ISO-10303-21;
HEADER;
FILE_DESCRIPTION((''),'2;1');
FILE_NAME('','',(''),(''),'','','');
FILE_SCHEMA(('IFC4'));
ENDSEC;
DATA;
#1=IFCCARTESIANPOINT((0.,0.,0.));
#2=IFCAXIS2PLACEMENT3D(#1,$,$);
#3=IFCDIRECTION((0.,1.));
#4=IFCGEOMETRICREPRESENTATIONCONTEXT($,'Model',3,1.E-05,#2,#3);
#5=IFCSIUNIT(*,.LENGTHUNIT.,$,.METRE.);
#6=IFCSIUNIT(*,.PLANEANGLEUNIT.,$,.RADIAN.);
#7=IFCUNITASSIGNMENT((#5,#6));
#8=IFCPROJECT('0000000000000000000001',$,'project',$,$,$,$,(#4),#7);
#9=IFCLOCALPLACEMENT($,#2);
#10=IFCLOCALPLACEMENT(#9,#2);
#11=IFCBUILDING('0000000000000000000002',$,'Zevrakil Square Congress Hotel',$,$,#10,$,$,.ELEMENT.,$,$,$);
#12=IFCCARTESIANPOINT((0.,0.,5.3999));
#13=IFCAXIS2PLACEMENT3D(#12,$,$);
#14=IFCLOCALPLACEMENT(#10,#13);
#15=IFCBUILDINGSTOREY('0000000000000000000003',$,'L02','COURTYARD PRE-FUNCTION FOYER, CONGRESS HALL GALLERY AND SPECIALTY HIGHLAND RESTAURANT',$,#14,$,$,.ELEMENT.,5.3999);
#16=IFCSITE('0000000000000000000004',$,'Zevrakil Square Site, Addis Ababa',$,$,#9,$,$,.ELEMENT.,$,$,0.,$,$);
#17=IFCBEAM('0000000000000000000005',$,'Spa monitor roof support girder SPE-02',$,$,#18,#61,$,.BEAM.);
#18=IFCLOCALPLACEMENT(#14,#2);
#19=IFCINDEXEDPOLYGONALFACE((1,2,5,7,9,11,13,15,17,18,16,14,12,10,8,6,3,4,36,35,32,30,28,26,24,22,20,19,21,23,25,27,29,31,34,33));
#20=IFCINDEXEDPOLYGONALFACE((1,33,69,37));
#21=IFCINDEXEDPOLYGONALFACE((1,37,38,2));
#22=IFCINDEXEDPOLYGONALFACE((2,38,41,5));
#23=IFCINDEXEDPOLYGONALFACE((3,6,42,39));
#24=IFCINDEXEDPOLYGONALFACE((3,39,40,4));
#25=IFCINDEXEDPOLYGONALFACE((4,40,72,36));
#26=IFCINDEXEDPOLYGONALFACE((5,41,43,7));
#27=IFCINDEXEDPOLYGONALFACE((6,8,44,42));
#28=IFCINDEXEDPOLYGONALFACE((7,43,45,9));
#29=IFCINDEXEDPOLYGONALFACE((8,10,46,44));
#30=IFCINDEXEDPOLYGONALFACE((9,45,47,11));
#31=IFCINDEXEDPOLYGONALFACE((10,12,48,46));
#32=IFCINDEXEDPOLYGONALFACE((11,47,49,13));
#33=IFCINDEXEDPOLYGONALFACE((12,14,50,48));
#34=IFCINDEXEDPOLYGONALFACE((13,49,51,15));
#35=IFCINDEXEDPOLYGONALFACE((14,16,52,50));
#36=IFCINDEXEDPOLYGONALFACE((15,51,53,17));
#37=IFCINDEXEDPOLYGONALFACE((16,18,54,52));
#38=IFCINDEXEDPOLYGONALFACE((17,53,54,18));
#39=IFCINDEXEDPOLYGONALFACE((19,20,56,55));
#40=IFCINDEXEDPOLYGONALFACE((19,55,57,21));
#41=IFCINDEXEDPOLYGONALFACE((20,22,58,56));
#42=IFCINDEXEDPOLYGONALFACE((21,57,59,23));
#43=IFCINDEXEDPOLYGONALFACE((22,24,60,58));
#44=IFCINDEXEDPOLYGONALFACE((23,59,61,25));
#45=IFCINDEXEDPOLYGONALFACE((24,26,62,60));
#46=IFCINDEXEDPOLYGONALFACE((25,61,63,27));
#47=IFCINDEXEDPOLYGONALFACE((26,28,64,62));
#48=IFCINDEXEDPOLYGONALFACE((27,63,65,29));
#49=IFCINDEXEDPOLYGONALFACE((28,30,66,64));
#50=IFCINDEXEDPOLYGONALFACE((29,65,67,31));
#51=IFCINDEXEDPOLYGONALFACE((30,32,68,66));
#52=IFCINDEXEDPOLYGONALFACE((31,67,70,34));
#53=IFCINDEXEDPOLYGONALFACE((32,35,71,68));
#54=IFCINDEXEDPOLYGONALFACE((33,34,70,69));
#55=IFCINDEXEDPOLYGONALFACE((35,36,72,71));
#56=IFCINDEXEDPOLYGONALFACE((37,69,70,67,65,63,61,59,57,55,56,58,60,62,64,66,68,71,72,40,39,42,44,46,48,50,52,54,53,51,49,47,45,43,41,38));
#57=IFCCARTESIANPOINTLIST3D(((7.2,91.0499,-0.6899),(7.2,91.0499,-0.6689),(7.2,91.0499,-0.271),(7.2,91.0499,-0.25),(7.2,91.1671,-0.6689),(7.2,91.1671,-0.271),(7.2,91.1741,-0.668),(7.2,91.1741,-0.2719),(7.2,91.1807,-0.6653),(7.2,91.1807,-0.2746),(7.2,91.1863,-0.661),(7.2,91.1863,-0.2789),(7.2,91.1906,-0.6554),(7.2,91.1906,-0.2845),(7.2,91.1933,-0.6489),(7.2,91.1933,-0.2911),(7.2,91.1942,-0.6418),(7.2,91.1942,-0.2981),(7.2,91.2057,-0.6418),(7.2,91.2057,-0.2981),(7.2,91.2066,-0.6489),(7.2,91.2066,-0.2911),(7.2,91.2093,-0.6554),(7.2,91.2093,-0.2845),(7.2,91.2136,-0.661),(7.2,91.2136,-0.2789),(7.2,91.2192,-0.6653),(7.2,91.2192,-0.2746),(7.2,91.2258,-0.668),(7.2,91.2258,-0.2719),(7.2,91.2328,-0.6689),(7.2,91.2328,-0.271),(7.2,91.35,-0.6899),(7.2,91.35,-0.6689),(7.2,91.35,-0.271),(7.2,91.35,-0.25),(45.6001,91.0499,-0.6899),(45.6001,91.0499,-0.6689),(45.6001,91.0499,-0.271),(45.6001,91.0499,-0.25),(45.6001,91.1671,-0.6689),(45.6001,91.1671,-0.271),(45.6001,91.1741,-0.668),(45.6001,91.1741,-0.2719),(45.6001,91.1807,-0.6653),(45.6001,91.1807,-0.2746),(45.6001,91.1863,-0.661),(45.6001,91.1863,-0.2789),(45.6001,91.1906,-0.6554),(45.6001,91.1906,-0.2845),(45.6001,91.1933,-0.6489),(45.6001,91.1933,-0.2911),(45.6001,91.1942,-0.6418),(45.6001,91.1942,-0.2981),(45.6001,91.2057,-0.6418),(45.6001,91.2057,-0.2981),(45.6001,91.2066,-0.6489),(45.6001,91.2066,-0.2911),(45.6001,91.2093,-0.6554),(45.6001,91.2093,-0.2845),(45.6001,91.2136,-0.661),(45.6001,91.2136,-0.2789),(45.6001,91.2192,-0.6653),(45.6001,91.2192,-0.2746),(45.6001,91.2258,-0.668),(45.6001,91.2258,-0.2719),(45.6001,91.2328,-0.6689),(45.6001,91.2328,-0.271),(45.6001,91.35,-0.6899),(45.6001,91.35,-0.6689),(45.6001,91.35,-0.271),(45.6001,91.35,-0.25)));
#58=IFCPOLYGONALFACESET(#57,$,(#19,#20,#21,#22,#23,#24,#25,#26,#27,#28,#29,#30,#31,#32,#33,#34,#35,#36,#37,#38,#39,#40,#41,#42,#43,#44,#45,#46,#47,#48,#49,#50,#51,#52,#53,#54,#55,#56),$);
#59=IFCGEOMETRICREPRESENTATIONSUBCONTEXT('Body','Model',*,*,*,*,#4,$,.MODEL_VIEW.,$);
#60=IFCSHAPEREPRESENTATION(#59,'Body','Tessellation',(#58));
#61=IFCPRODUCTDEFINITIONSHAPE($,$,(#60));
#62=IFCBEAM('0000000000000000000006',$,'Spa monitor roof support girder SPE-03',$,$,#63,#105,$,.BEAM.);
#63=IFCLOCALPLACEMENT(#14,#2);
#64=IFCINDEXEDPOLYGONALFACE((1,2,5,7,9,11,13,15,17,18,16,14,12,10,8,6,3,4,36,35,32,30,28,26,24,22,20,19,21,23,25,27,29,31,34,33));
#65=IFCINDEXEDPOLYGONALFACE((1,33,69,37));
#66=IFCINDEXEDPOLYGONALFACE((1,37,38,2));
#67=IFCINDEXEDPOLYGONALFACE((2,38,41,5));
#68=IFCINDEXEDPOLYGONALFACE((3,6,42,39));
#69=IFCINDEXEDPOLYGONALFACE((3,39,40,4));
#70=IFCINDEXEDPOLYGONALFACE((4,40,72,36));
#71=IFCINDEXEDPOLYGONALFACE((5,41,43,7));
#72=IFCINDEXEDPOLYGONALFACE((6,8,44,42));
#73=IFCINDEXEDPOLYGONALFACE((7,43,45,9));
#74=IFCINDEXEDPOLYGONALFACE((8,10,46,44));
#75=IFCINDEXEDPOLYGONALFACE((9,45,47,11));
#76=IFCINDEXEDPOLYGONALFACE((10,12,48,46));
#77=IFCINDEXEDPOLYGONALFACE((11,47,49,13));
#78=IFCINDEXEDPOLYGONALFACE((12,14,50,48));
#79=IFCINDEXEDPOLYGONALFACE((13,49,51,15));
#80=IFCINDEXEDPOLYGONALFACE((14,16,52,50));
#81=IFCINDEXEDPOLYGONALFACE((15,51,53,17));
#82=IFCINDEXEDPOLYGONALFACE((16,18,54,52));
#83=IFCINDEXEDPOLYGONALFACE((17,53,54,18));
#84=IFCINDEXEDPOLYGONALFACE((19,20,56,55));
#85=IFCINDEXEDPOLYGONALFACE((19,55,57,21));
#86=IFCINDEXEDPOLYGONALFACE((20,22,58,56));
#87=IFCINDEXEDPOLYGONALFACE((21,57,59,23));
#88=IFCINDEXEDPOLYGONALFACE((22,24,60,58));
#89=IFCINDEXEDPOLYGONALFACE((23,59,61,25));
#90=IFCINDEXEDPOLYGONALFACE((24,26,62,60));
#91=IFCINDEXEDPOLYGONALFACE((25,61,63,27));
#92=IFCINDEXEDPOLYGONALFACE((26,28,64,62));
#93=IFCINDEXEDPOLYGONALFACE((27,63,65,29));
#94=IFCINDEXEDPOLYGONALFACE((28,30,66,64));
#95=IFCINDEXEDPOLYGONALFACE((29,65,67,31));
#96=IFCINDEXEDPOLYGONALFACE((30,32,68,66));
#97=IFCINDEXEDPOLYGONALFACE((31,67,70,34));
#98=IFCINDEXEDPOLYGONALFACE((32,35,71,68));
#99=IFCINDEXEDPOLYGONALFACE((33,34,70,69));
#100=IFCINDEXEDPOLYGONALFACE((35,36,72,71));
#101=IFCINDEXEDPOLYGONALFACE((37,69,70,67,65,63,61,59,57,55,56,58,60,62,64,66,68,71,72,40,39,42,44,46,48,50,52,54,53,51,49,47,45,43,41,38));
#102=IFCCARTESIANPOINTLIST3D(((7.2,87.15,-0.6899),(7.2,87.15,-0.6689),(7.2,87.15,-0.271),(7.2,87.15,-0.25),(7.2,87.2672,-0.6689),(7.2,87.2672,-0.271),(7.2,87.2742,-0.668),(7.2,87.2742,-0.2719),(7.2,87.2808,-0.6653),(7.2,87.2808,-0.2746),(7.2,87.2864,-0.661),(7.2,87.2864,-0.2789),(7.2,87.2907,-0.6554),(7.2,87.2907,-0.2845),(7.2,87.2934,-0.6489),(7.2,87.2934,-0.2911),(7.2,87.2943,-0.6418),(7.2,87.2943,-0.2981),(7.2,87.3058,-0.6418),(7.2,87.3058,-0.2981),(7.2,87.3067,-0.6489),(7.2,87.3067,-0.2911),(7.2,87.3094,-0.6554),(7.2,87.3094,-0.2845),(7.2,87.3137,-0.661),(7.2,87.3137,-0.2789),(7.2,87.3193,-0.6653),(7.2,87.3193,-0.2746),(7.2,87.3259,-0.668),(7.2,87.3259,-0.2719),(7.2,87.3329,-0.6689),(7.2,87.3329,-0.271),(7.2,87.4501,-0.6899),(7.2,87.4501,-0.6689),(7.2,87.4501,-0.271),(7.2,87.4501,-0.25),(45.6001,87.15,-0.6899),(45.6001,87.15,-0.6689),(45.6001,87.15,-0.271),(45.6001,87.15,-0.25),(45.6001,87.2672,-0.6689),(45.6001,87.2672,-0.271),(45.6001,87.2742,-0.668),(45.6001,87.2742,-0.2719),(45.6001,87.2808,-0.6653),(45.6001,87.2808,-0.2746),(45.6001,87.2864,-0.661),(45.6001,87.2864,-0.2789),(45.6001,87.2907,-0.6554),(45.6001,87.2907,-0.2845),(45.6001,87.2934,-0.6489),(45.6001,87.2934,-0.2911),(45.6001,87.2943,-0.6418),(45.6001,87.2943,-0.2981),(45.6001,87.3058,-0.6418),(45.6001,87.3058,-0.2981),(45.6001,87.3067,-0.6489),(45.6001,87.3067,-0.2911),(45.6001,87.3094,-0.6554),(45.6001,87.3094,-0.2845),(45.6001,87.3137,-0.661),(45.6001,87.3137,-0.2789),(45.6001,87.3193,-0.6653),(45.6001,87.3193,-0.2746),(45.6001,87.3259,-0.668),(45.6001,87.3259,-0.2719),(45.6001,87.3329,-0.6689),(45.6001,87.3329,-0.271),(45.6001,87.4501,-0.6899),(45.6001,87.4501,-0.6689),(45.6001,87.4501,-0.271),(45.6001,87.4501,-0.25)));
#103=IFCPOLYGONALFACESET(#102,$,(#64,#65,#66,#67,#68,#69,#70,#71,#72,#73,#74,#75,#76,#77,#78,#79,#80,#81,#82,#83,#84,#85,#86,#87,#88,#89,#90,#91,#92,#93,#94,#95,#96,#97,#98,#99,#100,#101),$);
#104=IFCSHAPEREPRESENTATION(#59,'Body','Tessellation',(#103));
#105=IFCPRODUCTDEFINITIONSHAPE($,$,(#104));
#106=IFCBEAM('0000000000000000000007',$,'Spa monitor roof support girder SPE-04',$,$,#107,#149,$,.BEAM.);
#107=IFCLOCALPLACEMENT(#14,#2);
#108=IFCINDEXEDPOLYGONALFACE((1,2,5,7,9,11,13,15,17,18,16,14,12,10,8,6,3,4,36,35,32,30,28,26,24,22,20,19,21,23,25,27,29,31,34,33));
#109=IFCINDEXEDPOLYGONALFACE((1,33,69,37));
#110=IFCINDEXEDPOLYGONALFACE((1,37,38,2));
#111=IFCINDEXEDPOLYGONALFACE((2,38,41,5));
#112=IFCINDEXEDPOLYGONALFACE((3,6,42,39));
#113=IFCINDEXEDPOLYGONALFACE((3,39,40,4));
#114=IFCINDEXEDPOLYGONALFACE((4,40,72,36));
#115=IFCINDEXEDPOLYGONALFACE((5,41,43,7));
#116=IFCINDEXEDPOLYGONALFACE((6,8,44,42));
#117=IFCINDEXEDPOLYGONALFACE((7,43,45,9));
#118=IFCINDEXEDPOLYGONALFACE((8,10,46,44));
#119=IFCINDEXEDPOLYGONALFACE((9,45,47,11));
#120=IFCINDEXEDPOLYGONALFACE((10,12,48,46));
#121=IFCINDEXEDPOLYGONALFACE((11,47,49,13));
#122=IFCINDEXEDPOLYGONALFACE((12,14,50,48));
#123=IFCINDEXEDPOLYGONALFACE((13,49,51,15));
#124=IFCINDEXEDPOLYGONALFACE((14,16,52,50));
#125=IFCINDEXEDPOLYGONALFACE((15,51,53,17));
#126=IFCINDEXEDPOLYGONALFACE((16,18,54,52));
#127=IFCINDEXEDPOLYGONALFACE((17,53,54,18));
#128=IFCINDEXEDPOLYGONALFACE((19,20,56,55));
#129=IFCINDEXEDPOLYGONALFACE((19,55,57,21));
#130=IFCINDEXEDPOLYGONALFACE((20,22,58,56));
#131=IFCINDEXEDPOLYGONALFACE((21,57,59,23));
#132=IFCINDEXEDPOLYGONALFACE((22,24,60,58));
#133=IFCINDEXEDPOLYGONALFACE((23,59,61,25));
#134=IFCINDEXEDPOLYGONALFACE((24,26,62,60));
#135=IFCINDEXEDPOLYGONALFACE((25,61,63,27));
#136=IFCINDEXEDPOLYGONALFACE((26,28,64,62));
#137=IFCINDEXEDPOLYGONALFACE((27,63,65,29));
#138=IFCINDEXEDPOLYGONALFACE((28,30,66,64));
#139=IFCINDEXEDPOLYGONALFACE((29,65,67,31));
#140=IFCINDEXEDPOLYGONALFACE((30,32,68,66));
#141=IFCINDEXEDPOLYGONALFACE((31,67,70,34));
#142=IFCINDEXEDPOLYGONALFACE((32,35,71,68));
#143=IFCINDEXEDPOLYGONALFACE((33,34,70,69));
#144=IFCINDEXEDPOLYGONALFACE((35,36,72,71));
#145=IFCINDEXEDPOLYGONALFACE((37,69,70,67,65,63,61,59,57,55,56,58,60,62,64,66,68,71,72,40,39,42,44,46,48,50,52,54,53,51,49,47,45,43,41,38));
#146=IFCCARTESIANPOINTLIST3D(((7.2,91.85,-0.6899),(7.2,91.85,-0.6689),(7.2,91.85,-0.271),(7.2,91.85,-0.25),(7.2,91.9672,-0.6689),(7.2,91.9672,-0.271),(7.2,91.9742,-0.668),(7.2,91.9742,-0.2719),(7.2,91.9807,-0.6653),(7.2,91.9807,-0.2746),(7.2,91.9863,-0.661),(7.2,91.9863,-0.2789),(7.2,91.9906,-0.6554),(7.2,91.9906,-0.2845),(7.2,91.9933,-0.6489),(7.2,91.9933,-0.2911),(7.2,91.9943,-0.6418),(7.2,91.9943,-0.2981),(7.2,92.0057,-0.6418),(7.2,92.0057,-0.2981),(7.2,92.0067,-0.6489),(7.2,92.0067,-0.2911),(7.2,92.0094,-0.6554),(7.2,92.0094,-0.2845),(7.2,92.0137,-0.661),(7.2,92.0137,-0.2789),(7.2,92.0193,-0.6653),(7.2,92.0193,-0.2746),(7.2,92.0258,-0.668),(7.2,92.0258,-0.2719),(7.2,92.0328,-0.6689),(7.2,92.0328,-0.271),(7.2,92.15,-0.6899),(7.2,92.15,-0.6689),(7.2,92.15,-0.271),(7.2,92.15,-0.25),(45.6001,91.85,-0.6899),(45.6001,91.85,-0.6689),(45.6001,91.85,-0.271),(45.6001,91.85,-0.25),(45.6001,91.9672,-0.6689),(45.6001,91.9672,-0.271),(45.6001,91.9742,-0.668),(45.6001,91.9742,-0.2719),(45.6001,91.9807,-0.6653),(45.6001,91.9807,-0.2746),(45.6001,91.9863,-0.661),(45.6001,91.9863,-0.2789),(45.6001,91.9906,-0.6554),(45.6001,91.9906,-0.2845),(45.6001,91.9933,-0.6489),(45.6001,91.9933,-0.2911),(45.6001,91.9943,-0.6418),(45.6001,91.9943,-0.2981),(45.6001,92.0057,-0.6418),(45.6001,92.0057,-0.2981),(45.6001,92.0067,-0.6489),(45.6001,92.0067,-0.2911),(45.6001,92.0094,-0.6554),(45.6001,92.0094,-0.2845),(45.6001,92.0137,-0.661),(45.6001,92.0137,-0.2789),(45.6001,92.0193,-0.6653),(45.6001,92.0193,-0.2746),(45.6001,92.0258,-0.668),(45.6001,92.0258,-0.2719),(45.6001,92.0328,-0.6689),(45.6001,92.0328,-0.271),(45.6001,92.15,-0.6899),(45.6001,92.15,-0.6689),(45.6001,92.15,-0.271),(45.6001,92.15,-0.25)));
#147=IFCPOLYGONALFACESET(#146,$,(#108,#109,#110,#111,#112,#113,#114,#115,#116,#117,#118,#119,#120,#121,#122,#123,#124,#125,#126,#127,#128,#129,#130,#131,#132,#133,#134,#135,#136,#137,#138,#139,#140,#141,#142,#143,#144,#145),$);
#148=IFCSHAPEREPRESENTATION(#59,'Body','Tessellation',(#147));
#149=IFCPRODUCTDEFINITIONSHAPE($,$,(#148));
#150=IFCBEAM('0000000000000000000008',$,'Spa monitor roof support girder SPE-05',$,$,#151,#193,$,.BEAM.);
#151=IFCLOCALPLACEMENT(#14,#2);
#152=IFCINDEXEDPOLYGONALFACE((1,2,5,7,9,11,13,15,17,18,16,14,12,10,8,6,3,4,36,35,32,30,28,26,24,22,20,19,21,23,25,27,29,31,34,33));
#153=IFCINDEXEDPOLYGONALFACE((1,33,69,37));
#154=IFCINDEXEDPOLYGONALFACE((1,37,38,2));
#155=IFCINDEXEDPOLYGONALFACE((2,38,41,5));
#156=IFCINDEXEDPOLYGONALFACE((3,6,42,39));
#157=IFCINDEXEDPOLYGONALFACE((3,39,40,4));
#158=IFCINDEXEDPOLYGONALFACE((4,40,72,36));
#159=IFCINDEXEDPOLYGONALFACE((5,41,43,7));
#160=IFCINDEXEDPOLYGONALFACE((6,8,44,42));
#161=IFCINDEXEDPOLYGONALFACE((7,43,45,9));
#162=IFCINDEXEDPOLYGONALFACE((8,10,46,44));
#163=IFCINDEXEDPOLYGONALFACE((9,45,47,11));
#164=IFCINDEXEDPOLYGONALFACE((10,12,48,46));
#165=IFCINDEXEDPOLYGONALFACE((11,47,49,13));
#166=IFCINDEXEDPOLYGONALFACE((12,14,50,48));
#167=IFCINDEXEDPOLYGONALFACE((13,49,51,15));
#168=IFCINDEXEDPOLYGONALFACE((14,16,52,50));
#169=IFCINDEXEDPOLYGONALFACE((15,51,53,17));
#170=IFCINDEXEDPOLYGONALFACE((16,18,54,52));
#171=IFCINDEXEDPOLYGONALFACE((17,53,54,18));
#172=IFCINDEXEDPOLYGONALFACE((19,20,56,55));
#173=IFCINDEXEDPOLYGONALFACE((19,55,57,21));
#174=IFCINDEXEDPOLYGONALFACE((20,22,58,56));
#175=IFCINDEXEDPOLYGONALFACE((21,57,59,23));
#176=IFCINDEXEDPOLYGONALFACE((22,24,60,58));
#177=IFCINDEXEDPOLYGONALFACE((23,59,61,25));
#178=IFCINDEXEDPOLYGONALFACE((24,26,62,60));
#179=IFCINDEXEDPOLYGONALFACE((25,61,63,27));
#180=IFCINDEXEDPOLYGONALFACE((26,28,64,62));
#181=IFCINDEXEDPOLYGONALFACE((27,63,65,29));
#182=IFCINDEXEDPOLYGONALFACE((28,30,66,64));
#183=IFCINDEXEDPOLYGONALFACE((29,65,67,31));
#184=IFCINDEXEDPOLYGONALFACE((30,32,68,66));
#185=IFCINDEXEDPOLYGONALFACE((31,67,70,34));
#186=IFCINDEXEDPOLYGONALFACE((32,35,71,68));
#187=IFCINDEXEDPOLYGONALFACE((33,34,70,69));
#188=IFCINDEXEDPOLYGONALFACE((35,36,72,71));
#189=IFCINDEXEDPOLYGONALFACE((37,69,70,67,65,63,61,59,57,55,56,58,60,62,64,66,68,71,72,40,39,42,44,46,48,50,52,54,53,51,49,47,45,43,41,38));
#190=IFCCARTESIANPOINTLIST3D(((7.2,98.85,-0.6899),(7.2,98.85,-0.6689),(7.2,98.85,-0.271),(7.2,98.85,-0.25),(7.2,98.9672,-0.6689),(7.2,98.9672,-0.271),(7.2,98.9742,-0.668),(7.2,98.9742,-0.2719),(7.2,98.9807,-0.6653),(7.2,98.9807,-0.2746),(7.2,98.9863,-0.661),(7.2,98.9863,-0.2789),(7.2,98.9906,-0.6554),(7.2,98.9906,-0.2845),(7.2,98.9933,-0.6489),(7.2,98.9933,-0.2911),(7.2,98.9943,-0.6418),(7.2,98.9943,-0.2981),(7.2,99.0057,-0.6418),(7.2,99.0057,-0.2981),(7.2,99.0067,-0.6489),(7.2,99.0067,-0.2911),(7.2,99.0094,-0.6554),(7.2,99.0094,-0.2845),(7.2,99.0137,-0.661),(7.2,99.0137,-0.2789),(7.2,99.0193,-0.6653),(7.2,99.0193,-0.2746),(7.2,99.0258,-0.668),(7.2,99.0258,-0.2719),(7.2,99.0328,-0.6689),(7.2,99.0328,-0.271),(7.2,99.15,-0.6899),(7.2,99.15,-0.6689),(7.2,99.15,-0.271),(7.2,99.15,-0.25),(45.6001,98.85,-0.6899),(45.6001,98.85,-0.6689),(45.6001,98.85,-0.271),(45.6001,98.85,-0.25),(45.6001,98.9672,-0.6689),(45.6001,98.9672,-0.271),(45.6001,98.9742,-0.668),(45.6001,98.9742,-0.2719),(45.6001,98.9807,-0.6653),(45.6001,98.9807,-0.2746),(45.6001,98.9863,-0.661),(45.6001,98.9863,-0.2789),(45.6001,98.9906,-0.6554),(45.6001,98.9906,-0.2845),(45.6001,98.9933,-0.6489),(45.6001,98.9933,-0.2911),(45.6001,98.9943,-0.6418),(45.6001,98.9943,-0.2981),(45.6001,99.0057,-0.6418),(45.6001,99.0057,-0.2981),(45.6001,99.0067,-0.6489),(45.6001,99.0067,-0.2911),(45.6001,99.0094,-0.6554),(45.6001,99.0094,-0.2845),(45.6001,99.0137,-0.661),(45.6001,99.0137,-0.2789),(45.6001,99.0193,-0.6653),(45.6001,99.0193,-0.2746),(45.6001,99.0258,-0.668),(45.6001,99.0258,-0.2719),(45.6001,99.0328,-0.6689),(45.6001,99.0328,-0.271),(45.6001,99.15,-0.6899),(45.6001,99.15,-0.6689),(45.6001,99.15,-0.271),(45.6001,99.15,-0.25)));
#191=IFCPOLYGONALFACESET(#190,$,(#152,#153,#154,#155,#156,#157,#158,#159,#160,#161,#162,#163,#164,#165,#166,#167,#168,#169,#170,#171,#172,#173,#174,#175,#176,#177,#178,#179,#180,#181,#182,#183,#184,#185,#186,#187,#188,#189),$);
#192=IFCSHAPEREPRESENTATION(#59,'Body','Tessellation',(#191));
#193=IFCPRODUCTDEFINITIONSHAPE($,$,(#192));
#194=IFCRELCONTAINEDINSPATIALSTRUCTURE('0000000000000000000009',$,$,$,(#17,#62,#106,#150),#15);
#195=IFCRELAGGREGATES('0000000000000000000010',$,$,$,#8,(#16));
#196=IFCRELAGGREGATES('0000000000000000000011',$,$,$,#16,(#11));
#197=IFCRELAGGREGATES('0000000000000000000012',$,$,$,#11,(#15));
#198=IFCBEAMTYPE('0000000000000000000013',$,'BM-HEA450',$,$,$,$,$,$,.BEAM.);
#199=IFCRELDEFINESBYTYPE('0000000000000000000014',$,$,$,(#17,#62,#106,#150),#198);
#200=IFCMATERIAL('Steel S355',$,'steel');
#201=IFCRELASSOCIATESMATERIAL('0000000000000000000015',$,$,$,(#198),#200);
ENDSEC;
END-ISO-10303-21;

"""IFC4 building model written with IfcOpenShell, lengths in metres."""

from ifc_helpers import new_model, si_unit, direction, frame, origin, origin_2d, place, context, subcontext, project, spatial, i_section, extrude, material, material_profile, profile_set, type_object, element, save


model = new_model("IFC4")

# Units and contexts
model_context = context("Model", 3, precision=1e-05, world=origin(), true_north=direction((0.0, 1.0)))
body_context = subcontext(model_context, "Body", "Model", "MODEL_VIEW")
ifc_project = project(units=[si_unit("LENGTHUNIT", "METRE"), si_unit("PLANEANGLEUNIT", "RADIAN")], contexts=[model_context])

# Site, building, storey
site_placement = place(None, origin())
site = spatial("IfcSite", under=ifc_project, at=site_placement, Name="Zevrakil Square Site, Addis Ababa", CompositionType="ELEMENT", RefElevation=0.0)
building_placement = place(site_placement, origin())
building = spatial("IfcBuilding", under=site, at=building_placement, Name="Zevrakil Square Congress Hotel", CompositionType="ELEMENT")
storey_placement = place(building_placement, frame((0.0, 0.0, 5.3999)))
storey = spatial("IfcBuildingStorey", under=building, at=storey_placement, Name="L02", Description="COURTYARD PRE-FUNCTION FOYER, CONGRESS HALL GALLERY AND SPECIALTY HIGHLAND RESTAURANT", CompositionType="ELEMENT", Elevation=5.3999)

# Beams
ifc_material_1 = material(Name="Steel S355", Category="steel")
ifc_material_profile_1 = material_profile(ifc_material_1, i_section(OverallWidth=0.3, OverallDepth=0.4399, WebThickness=0.0115, FlangeThickness=0.021, FilletRadius=0.0271, at=origin_2d()), Name="HEA 450")
ifc_profile_set_1 = profile_set([ifc_material_profile_1], Name="Steel S355")
beam_type_1 = type_object("IfcBeamType", Name="BM-HEA450", PredefinedType="BEAM", material=ifc_profile_set_1)
for number, where, z_axis, x_axis, name in (
    (1, (7.2, 91.2, -0.47), (1.0, 0.0, 0.0), (0.0, 1.0, 0.0), "Spa monitor roof support girder SPE-02"),
    (2, (7.2, 87.3, -0.47), (1.0, 0.0, 0.0), (0.0, 1.0, 0.0), "Spa monitor roof support girder SPE-03"),
    (3, (7.2, 92.0, -0.47), (1.0, 0.0, 0.0), (0.0, 1.0, 0.0), "Spa monitor roof support girder SPE-04"),
    (4, (7.2, 99.0, -0.47), (1.0, 0.0, 0.0), (0.0, 1.0, 0.0), "Spa monitor roof support girder SPE-05"),
):
    element("IfcBeam", number, at=place(storey_placement, frame(where, z_axis=z_axis, x_axis=x_axis)), inside=storey, type_object=beam_type_1, Name=name, PredefinedType="BEAM", context=body_context, shape_type="SweptSolid", body=[
        extrude(i_section(OverallWidth=0.3, OverallDepth=0.4399, WebThickness=0.0115, FlangeThickness=0.021, FilletRadius=0.0271, at=origin_2d()), origin(), (0.0, 0.0, 1.0), 38.4001),
    ])

save(model, "model.ifc")
